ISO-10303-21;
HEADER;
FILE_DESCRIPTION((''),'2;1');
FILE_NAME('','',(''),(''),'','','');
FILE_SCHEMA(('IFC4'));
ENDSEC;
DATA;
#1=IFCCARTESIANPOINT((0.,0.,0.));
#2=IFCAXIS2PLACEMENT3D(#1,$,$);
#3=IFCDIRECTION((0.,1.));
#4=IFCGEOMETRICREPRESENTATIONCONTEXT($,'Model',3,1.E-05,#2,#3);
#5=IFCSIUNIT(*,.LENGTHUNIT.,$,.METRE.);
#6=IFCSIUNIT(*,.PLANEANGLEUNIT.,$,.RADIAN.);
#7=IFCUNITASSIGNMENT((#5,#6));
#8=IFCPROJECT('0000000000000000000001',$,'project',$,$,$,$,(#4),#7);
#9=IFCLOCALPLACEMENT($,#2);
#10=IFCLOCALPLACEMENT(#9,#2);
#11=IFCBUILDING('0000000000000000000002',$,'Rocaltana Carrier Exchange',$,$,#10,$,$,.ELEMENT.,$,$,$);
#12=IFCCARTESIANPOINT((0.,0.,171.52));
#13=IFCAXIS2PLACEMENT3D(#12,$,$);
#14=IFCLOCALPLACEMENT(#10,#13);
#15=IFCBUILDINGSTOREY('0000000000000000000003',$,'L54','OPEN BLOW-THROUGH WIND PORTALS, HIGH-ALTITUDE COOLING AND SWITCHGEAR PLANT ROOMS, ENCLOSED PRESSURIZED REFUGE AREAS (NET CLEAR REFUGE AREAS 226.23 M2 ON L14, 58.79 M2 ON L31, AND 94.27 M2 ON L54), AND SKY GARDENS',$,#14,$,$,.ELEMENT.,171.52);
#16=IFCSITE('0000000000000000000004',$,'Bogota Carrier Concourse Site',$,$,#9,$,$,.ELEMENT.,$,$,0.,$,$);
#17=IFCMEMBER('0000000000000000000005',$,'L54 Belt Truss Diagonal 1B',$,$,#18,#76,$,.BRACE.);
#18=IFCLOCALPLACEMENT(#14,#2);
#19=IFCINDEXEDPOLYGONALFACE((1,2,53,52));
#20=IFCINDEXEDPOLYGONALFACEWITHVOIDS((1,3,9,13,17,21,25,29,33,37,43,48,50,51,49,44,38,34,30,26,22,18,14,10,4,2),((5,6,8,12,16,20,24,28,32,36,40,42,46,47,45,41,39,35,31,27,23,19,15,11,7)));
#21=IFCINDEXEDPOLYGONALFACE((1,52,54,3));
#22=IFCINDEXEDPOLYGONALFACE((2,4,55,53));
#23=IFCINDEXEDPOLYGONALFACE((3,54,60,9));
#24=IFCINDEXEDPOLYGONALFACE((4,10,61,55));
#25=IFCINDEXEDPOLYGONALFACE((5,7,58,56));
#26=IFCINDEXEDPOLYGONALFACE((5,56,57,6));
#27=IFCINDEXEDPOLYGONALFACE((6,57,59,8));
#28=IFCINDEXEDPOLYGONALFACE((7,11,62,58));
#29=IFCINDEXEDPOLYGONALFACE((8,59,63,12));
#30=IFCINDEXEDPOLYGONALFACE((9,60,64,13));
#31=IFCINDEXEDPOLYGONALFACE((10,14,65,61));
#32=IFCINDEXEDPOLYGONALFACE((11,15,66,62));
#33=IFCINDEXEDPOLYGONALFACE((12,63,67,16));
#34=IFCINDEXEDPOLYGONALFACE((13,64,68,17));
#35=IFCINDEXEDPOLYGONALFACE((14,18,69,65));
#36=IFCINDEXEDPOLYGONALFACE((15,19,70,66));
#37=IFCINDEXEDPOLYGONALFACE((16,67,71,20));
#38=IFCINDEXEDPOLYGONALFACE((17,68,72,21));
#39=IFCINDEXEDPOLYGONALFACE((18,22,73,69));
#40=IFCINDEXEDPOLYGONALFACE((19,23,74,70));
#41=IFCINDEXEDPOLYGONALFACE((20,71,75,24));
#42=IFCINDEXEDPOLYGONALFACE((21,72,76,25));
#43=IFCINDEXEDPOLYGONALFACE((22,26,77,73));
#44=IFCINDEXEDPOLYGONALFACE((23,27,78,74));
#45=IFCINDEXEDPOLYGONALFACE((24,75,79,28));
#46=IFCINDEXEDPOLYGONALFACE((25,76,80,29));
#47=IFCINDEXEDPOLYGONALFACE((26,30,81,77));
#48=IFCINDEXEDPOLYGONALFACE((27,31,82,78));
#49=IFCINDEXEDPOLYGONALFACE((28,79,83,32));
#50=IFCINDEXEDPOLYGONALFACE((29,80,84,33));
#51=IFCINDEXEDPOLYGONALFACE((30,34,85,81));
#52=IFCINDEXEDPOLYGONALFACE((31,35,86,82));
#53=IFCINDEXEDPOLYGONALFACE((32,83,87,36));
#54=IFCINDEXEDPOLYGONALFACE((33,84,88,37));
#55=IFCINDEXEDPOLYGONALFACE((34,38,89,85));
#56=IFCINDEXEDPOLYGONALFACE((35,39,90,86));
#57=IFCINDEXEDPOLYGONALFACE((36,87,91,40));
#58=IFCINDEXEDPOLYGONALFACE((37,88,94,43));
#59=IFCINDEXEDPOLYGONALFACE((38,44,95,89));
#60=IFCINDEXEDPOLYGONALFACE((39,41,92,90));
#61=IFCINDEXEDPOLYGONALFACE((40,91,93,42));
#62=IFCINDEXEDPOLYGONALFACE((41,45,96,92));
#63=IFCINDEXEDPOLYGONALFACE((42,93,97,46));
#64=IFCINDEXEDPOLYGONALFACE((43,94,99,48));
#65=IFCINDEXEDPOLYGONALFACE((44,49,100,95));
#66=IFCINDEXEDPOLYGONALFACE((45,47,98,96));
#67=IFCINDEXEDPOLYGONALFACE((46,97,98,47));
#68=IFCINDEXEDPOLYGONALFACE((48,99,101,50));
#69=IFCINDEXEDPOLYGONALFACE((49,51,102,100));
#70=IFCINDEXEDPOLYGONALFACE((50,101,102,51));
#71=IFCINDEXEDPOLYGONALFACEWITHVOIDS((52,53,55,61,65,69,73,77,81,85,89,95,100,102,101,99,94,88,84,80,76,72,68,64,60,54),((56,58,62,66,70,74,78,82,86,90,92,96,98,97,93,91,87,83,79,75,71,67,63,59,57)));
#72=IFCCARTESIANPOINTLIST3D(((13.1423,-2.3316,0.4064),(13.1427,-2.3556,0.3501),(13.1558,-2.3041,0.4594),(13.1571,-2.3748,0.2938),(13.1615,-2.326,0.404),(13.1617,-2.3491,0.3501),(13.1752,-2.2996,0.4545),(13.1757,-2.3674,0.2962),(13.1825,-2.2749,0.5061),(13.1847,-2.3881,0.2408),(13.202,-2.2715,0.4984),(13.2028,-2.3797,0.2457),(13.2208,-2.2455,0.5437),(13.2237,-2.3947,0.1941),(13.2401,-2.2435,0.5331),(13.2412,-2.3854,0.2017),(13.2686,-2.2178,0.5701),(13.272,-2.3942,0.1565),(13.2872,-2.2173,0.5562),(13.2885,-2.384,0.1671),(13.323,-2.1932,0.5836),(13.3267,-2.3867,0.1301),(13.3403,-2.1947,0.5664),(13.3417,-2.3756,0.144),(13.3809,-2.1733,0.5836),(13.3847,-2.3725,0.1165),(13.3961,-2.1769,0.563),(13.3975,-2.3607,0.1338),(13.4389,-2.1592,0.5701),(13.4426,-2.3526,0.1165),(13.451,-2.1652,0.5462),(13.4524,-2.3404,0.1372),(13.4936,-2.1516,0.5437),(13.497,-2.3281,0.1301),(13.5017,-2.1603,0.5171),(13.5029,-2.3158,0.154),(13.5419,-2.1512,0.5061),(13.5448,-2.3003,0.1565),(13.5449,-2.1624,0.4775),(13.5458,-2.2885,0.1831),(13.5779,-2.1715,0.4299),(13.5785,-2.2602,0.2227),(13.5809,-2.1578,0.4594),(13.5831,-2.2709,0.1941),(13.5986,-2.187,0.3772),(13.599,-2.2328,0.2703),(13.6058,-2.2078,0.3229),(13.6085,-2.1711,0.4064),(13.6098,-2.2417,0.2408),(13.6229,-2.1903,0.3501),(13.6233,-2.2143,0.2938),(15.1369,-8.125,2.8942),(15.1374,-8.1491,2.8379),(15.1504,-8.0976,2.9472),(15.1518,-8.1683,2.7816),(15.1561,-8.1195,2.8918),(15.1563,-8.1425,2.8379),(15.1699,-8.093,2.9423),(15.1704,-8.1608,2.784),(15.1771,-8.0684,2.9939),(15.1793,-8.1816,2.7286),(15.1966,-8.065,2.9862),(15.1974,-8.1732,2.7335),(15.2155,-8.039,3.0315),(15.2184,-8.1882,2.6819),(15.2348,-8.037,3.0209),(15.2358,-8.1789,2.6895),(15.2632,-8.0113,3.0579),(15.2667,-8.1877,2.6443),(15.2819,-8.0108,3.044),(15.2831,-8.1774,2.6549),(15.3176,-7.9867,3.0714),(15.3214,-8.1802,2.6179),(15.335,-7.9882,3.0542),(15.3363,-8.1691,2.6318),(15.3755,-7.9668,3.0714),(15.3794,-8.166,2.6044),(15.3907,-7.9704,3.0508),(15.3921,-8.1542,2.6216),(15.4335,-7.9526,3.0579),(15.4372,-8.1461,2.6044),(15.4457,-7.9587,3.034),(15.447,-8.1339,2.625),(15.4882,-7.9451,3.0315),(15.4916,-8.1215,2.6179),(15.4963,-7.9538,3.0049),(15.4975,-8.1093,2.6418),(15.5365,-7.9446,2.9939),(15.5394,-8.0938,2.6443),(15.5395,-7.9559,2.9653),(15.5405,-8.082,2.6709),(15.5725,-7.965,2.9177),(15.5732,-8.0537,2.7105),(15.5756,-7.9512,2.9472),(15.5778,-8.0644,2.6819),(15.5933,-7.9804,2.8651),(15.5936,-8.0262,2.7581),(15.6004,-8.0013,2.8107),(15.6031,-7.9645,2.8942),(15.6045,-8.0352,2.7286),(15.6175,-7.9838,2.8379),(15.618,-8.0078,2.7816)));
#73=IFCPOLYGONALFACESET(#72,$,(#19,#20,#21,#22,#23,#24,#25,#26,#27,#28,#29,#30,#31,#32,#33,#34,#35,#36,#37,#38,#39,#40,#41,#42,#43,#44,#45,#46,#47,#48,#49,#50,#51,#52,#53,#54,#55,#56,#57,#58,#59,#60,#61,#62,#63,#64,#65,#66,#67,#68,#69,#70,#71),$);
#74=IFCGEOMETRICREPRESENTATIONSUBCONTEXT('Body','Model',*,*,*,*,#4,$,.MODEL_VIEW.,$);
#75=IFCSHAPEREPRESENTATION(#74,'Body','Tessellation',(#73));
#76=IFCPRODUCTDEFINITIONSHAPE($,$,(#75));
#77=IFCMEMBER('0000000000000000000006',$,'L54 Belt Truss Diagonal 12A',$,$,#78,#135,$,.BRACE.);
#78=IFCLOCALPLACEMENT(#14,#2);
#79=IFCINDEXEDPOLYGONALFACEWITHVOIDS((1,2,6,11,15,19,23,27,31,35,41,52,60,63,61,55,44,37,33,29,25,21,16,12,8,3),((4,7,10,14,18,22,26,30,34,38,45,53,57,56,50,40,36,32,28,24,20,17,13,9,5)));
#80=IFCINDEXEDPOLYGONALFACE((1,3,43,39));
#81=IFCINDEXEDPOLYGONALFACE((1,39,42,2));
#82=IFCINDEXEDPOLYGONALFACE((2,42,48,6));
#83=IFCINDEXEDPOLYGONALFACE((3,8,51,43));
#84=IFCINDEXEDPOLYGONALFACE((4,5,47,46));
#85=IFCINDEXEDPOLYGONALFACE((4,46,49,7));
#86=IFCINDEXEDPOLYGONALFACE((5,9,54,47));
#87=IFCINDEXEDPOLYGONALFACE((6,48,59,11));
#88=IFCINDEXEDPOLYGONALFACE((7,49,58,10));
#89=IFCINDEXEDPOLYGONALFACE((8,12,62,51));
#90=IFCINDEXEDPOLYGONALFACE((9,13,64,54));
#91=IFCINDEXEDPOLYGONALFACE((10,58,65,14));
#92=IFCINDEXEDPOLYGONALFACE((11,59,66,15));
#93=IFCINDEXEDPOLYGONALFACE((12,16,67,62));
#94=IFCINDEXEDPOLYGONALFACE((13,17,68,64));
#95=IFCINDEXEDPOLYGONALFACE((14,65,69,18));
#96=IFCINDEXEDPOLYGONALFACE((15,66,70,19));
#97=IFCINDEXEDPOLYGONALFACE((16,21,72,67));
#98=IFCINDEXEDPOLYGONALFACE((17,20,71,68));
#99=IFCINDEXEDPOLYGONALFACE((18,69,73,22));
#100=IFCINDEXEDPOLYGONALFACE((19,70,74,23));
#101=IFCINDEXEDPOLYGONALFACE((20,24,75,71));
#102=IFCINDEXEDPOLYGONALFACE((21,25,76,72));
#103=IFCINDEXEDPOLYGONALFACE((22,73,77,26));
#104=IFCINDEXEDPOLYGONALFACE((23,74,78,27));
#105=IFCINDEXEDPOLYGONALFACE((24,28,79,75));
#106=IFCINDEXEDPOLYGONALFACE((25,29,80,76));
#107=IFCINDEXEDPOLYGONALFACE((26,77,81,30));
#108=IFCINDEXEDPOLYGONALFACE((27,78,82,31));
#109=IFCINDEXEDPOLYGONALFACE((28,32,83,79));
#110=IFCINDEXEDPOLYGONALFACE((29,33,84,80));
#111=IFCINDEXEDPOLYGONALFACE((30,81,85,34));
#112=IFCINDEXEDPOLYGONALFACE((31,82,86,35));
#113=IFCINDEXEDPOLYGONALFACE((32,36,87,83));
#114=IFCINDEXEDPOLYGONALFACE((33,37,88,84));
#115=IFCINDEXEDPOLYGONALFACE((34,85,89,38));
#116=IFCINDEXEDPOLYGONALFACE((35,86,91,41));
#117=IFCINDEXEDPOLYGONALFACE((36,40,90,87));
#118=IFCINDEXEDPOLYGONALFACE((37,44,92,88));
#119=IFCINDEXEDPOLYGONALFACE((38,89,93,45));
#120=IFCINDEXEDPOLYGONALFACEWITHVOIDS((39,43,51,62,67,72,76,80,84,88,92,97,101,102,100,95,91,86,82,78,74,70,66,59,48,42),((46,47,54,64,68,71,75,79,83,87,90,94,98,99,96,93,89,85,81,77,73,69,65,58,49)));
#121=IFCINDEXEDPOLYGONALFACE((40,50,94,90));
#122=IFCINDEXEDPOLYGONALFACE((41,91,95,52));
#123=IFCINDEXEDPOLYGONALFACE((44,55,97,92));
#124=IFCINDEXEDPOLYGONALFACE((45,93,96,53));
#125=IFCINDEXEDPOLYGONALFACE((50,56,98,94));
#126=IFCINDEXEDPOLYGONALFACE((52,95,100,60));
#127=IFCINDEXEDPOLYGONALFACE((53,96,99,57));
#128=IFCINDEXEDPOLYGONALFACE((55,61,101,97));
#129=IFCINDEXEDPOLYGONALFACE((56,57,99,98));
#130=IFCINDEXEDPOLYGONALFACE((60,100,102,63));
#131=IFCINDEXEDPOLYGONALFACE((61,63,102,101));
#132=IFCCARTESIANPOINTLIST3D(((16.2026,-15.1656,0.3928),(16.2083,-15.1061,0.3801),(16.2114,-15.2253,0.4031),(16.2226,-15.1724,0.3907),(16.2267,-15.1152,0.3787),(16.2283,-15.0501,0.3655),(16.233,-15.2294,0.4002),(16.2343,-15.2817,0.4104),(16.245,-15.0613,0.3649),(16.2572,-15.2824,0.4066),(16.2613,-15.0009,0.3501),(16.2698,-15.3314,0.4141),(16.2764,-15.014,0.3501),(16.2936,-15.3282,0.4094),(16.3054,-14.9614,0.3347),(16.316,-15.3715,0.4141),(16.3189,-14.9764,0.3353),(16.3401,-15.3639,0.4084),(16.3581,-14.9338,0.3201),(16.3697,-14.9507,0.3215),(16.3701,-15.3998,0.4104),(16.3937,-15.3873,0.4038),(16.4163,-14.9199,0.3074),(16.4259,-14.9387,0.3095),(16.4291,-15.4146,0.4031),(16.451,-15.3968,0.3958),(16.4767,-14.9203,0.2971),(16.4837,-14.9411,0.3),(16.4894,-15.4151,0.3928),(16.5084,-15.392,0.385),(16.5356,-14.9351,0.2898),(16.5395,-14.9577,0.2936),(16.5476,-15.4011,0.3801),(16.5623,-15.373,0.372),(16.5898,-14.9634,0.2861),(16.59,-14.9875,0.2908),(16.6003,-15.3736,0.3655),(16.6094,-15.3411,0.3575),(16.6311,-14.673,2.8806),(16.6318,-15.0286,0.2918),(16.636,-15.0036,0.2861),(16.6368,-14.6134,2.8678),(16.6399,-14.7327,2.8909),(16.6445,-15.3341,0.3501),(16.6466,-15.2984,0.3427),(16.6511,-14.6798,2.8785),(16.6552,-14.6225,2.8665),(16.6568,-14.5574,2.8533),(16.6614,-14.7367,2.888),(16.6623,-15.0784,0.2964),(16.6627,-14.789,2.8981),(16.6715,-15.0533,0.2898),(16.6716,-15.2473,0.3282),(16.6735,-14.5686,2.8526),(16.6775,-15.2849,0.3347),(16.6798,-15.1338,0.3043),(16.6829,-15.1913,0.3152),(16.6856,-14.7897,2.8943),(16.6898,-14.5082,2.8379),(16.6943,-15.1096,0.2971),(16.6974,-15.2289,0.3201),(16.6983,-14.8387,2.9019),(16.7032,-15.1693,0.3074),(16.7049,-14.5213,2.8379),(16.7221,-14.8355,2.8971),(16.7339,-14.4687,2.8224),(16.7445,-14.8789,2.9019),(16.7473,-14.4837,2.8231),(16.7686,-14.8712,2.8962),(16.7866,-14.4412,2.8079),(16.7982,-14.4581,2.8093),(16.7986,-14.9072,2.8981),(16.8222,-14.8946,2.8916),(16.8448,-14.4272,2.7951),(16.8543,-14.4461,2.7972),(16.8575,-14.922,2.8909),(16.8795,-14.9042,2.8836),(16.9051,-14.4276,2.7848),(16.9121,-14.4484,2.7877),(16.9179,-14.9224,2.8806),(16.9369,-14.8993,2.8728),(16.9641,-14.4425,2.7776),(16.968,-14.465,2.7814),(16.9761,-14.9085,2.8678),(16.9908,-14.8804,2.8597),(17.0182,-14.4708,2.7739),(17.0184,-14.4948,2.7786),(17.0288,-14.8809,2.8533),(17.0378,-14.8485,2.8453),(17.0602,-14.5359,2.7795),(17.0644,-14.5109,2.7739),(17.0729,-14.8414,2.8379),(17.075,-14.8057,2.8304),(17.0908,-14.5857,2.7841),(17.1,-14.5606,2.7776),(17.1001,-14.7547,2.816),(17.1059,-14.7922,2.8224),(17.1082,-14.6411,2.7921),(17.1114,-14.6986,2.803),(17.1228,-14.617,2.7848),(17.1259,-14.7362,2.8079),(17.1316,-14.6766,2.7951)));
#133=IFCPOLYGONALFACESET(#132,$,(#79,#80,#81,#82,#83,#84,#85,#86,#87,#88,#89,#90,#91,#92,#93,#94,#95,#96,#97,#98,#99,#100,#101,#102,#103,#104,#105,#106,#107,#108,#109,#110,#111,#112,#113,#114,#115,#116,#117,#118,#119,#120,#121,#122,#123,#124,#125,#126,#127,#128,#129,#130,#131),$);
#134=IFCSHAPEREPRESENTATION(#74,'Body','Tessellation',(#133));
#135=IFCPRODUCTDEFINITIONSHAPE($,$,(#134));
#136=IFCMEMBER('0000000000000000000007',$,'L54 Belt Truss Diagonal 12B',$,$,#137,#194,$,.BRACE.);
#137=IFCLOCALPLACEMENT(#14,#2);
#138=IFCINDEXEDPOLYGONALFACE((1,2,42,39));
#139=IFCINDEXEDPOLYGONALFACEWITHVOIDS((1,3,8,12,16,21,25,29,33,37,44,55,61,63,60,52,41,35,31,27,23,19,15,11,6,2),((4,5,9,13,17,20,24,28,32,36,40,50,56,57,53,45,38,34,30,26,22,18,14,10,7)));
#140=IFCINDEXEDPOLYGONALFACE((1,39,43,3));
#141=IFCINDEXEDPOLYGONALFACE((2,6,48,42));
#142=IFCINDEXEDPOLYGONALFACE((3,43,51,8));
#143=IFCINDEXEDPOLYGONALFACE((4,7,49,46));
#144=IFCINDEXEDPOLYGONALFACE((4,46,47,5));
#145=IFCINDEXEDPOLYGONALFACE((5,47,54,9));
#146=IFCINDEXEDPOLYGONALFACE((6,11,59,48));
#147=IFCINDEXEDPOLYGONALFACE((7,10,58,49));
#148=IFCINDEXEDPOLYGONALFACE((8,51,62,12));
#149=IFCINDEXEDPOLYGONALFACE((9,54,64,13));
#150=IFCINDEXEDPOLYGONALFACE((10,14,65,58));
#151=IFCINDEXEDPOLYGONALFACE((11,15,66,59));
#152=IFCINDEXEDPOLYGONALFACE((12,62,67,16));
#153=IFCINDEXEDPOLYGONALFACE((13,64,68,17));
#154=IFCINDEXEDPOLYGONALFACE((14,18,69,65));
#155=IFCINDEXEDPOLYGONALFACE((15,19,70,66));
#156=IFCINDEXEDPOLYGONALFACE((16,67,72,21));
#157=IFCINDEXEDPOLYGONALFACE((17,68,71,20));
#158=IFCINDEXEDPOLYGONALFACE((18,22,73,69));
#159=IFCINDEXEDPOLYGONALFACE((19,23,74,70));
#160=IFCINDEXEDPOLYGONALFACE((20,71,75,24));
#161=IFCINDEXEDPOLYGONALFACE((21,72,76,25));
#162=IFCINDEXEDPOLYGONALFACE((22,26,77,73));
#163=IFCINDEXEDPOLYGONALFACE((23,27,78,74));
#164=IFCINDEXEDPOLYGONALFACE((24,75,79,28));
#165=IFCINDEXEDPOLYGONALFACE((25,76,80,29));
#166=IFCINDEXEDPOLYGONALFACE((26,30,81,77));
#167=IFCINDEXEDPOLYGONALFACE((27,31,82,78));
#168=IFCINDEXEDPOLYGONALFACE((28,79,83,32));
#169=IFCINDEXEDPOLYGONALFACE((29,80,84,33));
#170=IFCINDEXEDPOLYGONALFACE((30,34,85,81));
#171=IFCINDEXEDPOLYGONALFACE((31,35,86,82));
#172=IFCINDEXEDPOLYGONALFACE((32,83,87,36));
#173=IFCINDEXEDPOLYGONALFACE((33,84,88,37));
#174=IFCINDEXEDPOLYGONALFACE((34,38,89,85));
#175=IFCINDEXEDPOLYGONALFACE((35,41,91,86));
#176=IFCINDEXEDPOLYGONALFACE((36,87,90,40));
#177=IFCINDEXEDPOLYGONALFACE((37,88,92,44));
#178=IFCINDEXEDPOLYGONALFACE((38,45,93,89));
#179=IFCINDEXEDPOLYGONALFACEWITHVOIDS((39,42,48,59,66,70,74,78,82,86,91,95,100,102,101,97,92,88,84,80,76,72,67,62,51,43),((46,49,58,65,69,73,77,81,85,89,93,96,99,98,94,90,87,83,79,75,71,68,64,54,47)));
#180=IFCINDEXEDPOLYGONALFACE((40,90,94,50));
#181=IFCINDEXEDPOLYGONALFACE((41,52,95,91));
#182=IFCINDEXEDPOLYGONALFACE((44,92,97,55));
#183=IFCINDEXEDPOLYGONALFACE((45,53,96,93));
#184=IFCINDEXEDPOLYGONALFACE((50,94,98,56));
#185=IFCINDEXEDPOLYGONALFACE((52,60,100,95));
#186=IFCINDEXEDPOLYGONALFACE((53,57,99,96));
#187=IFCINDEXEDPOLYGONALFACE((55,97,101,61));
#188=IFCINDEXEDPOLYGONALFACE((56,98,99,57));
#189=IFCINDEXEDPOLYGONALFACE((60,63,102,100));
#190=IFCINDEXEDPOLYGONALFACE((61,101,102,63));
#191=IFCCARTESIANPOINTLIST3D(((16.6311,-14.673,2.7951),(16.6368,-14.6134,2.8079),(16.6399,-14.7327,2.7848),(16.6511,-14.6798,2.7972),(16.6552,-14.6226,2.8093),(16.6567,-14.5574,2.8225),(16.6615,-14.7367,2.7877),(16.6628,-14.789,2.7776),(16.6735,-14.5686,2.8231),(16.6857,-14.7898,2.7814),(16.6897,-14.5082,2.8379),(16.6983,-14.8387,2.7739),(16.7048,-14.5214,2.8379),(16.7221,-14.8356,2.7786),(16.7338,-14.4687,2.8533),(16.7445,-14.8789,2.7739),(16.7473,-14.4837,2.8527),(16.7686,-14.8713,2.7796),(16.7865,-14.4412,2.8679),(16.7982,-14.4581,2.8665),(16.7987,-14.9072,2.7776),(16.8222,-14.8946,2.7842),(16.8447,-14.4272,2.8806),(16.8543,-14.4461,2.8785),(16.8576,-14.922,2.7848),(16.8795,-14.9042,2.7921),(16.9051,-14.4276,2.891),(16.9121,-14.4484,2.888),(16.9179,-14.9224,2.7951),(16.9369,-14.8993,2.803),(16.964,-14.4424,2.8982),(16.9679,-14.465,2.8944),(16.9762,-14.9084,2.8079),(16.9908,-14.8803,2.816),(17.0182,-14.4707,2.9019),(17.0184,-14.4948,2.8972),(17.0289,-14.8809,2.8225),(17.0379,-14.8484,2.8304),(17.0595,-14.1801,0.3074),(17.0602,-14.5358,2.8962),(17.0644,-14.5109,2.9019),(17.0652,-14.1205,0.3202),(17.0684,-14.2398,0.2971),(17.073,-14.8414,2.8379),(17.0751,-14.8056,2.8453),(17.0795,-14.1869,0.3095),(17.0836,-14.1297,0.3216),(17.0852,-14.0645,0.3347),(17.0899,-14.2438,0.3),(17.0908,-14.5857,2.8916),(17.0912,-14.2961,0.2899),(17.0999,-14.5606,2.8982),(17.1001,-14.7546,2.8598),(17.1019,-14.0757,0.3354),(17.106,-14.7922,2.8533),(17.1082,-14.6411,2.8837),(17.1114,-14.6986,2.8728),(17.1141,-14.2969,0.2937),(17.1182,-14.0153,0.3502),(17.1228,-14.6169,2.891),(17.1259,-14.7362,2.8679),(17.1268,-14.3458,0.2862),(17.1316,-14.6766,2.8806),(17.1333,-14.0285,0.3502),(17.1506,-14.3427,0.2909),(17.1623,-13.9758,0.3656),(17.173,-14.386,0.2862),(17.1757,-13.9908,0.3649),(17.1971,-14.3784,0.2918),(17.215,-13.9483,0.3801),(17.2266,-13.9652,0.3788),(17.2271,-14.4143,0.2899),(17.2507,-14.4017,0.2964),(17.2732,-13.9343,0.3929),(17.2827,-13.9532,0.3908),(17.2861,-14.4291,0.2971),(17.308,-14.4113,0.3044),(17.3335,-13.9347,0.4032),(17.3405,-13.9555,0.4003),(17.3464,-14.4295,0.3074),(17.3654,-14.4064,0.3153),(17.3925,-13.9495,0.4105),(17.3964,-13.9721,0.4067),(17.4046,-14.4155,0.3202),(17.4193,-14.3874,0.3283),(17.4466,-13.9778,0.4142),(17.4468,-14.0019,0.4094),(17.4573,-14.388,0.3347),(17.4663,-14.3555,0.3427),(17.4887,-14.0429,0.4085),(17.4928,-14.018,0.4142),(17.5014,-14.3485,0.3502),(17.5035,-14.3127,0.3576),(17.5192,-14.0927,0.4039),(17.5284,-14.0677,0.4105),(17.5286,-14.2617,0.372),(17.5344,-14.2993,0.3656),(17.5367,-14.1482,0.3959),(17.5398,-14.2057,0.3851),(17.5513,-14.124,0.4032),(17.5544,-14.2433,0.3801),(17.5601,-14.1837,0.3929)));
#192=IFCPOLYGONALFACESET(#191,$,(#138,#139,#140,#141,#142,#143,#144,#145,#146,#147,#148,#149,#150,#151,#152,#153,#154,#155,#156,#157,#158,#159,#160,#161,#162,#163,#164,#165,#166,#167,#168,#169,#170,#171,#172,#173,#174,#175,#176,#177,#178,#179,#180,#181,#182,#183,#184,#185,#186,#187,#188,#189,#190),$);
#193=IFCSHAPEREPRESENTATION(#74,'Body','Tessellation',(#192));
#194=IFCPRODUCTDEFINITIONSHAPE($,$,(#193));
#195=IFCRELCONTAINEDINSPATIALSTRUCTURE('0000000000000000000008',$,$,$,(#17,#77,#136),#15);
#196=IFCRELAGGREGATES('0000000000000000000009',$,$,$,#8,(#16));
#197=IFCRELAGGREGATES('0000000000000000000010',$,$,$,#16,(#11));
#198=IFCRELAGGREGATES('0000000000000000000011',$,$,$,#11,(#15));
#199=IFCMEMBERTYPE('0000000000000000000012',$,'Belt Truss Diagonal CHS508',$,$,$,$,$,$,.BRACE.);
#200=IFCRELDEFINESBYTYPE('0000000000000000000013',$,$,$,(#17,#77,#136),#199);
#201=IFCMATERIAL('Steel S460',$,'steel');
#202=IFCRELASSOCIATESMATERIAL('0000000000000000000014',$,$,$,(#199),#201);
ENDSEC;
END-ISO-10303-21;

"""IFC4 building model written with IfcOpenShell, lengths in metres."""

from ifc_helpers import new_model, si_unit, direction, frame, origin, origin_2d, place, context, subcontext, project, spatial, hollow_circle, extrude, material, material_profile, profile_set, type_object, element, save


model = new_model("IFC4")

# Units and contexts
model_context = context("Model", 3, precision=1e-05, world=origin(), true_north=direction((0.0, 1.0)))
body_context = subcontext(model_context, "Body", "Model", "MODEL_VIEW")
ifc_project = project(units=[si_unit("LENGTHUNIT", "METRE"), si_unit("PLANEANGLEUNIT", "RADIAN")], contexts=[model_context])

# Site, building, storey
site_placement = place(None, origin())
site = spatial("IfcSite", under=ifc_project, at=site_placement, Name="Bogota Carrier Concourse Site", CompositionType="ELEMENT", RefElevation=0.0)
building_placement = place(site_placement, origin())
building = spatial("IfcBuilding", under=site, at=building_placement, Name="Rocaltana Carrier Exchange", CompositionType="ELEMENT")
storey_placement = place(building_placement, frame((0.0, 0.0, 171.52)))
storey = spatial("IfcBuildingStorey", under=building, at=storey_placement, Name="L54", Description="OPEN BLOW-THROUGH WIND PORTALS, HIGH-ALTITUDE COOLING AND SWITCHGEAR PLANT ROOMS, ENCLOSED PRESSURIZED REFUGE AREAS (NET CLEAR REFUGE AREAS 226.23 M2 ON L14, 58.79 M2 ON L31, AND 94.27 M2 ON L54), AND SKY GARDENS", CompositionType="ELEMENT", Elevation=171.52)

# Members
ifc_material_1 = material(Name="Steel S460", Category="steel")
ifc_material_profile_1 = material_profile(ifc_material_1, hollow_circle(Radius=0.2539, WallThickness=0.02, at=origin_2d()), Name="CHS508X20")
ifc_profile_set_1 = profile_set([ifc_material_profile_1], Name="Steel S460")
member_type_1 = type_object("IfcMemberType", Name="Belt Truss Diagonal CHS508", PredefinedType="BRACE", material=ifc_profile_set_1)
member_1_placement = place(storey_placement, frame((15.3774, -8.0664, 2.8379), z_axis=(-0.301622, 0.876071, -0.376197), x_axis=(-0.94553, -0.325536, 0.0)))
element("IfcMember", 1, at=member_1_placement, inside=storey, type_object=member_type_1, Name="L54 Belt Truss Diagonal 1B", PredefinedType="BRACE", context=body_context, shape_type="SweptSolid", body=[
    extrude(hollow_circle(Radius=0.2539, WallThickness=0.02, at=origin_2d()), origin(), (0.0, 0.0, 1.0), 6.613),
])
for number, where, z_axis, x_axis, name in (
    (2, (16.4529, -15.1675, 0.3501), (0.166586, 0.19155, 0.967242), (-0.754565, 0.656225, 0.0), "L54 Belt Truss Diagonal 12A"),
    (3, (16.8813, -14.6748, 2.8379), (0.166583, 0.191641, -0.967225), (-0.754726, 0.65604, 0.0), "L54 Belt Truss Diagonal 12B"),
):
    element("IfcMember", number, at=place(storey_placement, frame(where, z_axis=z_axis, x_axis=x_axis)), inside=storey, type_object=member_type_1, Name=name, PredefinedType="BRACE", context=body_context, shape_type="SweptSolid", body=[
        extrude(hollow_circle(Radius=0.2539, WallThickness=0.02, at=origin_2d()), origin(), (0.0, 0.0, 1.0), 2.572),
    ])

save(model, "model.ifc")
